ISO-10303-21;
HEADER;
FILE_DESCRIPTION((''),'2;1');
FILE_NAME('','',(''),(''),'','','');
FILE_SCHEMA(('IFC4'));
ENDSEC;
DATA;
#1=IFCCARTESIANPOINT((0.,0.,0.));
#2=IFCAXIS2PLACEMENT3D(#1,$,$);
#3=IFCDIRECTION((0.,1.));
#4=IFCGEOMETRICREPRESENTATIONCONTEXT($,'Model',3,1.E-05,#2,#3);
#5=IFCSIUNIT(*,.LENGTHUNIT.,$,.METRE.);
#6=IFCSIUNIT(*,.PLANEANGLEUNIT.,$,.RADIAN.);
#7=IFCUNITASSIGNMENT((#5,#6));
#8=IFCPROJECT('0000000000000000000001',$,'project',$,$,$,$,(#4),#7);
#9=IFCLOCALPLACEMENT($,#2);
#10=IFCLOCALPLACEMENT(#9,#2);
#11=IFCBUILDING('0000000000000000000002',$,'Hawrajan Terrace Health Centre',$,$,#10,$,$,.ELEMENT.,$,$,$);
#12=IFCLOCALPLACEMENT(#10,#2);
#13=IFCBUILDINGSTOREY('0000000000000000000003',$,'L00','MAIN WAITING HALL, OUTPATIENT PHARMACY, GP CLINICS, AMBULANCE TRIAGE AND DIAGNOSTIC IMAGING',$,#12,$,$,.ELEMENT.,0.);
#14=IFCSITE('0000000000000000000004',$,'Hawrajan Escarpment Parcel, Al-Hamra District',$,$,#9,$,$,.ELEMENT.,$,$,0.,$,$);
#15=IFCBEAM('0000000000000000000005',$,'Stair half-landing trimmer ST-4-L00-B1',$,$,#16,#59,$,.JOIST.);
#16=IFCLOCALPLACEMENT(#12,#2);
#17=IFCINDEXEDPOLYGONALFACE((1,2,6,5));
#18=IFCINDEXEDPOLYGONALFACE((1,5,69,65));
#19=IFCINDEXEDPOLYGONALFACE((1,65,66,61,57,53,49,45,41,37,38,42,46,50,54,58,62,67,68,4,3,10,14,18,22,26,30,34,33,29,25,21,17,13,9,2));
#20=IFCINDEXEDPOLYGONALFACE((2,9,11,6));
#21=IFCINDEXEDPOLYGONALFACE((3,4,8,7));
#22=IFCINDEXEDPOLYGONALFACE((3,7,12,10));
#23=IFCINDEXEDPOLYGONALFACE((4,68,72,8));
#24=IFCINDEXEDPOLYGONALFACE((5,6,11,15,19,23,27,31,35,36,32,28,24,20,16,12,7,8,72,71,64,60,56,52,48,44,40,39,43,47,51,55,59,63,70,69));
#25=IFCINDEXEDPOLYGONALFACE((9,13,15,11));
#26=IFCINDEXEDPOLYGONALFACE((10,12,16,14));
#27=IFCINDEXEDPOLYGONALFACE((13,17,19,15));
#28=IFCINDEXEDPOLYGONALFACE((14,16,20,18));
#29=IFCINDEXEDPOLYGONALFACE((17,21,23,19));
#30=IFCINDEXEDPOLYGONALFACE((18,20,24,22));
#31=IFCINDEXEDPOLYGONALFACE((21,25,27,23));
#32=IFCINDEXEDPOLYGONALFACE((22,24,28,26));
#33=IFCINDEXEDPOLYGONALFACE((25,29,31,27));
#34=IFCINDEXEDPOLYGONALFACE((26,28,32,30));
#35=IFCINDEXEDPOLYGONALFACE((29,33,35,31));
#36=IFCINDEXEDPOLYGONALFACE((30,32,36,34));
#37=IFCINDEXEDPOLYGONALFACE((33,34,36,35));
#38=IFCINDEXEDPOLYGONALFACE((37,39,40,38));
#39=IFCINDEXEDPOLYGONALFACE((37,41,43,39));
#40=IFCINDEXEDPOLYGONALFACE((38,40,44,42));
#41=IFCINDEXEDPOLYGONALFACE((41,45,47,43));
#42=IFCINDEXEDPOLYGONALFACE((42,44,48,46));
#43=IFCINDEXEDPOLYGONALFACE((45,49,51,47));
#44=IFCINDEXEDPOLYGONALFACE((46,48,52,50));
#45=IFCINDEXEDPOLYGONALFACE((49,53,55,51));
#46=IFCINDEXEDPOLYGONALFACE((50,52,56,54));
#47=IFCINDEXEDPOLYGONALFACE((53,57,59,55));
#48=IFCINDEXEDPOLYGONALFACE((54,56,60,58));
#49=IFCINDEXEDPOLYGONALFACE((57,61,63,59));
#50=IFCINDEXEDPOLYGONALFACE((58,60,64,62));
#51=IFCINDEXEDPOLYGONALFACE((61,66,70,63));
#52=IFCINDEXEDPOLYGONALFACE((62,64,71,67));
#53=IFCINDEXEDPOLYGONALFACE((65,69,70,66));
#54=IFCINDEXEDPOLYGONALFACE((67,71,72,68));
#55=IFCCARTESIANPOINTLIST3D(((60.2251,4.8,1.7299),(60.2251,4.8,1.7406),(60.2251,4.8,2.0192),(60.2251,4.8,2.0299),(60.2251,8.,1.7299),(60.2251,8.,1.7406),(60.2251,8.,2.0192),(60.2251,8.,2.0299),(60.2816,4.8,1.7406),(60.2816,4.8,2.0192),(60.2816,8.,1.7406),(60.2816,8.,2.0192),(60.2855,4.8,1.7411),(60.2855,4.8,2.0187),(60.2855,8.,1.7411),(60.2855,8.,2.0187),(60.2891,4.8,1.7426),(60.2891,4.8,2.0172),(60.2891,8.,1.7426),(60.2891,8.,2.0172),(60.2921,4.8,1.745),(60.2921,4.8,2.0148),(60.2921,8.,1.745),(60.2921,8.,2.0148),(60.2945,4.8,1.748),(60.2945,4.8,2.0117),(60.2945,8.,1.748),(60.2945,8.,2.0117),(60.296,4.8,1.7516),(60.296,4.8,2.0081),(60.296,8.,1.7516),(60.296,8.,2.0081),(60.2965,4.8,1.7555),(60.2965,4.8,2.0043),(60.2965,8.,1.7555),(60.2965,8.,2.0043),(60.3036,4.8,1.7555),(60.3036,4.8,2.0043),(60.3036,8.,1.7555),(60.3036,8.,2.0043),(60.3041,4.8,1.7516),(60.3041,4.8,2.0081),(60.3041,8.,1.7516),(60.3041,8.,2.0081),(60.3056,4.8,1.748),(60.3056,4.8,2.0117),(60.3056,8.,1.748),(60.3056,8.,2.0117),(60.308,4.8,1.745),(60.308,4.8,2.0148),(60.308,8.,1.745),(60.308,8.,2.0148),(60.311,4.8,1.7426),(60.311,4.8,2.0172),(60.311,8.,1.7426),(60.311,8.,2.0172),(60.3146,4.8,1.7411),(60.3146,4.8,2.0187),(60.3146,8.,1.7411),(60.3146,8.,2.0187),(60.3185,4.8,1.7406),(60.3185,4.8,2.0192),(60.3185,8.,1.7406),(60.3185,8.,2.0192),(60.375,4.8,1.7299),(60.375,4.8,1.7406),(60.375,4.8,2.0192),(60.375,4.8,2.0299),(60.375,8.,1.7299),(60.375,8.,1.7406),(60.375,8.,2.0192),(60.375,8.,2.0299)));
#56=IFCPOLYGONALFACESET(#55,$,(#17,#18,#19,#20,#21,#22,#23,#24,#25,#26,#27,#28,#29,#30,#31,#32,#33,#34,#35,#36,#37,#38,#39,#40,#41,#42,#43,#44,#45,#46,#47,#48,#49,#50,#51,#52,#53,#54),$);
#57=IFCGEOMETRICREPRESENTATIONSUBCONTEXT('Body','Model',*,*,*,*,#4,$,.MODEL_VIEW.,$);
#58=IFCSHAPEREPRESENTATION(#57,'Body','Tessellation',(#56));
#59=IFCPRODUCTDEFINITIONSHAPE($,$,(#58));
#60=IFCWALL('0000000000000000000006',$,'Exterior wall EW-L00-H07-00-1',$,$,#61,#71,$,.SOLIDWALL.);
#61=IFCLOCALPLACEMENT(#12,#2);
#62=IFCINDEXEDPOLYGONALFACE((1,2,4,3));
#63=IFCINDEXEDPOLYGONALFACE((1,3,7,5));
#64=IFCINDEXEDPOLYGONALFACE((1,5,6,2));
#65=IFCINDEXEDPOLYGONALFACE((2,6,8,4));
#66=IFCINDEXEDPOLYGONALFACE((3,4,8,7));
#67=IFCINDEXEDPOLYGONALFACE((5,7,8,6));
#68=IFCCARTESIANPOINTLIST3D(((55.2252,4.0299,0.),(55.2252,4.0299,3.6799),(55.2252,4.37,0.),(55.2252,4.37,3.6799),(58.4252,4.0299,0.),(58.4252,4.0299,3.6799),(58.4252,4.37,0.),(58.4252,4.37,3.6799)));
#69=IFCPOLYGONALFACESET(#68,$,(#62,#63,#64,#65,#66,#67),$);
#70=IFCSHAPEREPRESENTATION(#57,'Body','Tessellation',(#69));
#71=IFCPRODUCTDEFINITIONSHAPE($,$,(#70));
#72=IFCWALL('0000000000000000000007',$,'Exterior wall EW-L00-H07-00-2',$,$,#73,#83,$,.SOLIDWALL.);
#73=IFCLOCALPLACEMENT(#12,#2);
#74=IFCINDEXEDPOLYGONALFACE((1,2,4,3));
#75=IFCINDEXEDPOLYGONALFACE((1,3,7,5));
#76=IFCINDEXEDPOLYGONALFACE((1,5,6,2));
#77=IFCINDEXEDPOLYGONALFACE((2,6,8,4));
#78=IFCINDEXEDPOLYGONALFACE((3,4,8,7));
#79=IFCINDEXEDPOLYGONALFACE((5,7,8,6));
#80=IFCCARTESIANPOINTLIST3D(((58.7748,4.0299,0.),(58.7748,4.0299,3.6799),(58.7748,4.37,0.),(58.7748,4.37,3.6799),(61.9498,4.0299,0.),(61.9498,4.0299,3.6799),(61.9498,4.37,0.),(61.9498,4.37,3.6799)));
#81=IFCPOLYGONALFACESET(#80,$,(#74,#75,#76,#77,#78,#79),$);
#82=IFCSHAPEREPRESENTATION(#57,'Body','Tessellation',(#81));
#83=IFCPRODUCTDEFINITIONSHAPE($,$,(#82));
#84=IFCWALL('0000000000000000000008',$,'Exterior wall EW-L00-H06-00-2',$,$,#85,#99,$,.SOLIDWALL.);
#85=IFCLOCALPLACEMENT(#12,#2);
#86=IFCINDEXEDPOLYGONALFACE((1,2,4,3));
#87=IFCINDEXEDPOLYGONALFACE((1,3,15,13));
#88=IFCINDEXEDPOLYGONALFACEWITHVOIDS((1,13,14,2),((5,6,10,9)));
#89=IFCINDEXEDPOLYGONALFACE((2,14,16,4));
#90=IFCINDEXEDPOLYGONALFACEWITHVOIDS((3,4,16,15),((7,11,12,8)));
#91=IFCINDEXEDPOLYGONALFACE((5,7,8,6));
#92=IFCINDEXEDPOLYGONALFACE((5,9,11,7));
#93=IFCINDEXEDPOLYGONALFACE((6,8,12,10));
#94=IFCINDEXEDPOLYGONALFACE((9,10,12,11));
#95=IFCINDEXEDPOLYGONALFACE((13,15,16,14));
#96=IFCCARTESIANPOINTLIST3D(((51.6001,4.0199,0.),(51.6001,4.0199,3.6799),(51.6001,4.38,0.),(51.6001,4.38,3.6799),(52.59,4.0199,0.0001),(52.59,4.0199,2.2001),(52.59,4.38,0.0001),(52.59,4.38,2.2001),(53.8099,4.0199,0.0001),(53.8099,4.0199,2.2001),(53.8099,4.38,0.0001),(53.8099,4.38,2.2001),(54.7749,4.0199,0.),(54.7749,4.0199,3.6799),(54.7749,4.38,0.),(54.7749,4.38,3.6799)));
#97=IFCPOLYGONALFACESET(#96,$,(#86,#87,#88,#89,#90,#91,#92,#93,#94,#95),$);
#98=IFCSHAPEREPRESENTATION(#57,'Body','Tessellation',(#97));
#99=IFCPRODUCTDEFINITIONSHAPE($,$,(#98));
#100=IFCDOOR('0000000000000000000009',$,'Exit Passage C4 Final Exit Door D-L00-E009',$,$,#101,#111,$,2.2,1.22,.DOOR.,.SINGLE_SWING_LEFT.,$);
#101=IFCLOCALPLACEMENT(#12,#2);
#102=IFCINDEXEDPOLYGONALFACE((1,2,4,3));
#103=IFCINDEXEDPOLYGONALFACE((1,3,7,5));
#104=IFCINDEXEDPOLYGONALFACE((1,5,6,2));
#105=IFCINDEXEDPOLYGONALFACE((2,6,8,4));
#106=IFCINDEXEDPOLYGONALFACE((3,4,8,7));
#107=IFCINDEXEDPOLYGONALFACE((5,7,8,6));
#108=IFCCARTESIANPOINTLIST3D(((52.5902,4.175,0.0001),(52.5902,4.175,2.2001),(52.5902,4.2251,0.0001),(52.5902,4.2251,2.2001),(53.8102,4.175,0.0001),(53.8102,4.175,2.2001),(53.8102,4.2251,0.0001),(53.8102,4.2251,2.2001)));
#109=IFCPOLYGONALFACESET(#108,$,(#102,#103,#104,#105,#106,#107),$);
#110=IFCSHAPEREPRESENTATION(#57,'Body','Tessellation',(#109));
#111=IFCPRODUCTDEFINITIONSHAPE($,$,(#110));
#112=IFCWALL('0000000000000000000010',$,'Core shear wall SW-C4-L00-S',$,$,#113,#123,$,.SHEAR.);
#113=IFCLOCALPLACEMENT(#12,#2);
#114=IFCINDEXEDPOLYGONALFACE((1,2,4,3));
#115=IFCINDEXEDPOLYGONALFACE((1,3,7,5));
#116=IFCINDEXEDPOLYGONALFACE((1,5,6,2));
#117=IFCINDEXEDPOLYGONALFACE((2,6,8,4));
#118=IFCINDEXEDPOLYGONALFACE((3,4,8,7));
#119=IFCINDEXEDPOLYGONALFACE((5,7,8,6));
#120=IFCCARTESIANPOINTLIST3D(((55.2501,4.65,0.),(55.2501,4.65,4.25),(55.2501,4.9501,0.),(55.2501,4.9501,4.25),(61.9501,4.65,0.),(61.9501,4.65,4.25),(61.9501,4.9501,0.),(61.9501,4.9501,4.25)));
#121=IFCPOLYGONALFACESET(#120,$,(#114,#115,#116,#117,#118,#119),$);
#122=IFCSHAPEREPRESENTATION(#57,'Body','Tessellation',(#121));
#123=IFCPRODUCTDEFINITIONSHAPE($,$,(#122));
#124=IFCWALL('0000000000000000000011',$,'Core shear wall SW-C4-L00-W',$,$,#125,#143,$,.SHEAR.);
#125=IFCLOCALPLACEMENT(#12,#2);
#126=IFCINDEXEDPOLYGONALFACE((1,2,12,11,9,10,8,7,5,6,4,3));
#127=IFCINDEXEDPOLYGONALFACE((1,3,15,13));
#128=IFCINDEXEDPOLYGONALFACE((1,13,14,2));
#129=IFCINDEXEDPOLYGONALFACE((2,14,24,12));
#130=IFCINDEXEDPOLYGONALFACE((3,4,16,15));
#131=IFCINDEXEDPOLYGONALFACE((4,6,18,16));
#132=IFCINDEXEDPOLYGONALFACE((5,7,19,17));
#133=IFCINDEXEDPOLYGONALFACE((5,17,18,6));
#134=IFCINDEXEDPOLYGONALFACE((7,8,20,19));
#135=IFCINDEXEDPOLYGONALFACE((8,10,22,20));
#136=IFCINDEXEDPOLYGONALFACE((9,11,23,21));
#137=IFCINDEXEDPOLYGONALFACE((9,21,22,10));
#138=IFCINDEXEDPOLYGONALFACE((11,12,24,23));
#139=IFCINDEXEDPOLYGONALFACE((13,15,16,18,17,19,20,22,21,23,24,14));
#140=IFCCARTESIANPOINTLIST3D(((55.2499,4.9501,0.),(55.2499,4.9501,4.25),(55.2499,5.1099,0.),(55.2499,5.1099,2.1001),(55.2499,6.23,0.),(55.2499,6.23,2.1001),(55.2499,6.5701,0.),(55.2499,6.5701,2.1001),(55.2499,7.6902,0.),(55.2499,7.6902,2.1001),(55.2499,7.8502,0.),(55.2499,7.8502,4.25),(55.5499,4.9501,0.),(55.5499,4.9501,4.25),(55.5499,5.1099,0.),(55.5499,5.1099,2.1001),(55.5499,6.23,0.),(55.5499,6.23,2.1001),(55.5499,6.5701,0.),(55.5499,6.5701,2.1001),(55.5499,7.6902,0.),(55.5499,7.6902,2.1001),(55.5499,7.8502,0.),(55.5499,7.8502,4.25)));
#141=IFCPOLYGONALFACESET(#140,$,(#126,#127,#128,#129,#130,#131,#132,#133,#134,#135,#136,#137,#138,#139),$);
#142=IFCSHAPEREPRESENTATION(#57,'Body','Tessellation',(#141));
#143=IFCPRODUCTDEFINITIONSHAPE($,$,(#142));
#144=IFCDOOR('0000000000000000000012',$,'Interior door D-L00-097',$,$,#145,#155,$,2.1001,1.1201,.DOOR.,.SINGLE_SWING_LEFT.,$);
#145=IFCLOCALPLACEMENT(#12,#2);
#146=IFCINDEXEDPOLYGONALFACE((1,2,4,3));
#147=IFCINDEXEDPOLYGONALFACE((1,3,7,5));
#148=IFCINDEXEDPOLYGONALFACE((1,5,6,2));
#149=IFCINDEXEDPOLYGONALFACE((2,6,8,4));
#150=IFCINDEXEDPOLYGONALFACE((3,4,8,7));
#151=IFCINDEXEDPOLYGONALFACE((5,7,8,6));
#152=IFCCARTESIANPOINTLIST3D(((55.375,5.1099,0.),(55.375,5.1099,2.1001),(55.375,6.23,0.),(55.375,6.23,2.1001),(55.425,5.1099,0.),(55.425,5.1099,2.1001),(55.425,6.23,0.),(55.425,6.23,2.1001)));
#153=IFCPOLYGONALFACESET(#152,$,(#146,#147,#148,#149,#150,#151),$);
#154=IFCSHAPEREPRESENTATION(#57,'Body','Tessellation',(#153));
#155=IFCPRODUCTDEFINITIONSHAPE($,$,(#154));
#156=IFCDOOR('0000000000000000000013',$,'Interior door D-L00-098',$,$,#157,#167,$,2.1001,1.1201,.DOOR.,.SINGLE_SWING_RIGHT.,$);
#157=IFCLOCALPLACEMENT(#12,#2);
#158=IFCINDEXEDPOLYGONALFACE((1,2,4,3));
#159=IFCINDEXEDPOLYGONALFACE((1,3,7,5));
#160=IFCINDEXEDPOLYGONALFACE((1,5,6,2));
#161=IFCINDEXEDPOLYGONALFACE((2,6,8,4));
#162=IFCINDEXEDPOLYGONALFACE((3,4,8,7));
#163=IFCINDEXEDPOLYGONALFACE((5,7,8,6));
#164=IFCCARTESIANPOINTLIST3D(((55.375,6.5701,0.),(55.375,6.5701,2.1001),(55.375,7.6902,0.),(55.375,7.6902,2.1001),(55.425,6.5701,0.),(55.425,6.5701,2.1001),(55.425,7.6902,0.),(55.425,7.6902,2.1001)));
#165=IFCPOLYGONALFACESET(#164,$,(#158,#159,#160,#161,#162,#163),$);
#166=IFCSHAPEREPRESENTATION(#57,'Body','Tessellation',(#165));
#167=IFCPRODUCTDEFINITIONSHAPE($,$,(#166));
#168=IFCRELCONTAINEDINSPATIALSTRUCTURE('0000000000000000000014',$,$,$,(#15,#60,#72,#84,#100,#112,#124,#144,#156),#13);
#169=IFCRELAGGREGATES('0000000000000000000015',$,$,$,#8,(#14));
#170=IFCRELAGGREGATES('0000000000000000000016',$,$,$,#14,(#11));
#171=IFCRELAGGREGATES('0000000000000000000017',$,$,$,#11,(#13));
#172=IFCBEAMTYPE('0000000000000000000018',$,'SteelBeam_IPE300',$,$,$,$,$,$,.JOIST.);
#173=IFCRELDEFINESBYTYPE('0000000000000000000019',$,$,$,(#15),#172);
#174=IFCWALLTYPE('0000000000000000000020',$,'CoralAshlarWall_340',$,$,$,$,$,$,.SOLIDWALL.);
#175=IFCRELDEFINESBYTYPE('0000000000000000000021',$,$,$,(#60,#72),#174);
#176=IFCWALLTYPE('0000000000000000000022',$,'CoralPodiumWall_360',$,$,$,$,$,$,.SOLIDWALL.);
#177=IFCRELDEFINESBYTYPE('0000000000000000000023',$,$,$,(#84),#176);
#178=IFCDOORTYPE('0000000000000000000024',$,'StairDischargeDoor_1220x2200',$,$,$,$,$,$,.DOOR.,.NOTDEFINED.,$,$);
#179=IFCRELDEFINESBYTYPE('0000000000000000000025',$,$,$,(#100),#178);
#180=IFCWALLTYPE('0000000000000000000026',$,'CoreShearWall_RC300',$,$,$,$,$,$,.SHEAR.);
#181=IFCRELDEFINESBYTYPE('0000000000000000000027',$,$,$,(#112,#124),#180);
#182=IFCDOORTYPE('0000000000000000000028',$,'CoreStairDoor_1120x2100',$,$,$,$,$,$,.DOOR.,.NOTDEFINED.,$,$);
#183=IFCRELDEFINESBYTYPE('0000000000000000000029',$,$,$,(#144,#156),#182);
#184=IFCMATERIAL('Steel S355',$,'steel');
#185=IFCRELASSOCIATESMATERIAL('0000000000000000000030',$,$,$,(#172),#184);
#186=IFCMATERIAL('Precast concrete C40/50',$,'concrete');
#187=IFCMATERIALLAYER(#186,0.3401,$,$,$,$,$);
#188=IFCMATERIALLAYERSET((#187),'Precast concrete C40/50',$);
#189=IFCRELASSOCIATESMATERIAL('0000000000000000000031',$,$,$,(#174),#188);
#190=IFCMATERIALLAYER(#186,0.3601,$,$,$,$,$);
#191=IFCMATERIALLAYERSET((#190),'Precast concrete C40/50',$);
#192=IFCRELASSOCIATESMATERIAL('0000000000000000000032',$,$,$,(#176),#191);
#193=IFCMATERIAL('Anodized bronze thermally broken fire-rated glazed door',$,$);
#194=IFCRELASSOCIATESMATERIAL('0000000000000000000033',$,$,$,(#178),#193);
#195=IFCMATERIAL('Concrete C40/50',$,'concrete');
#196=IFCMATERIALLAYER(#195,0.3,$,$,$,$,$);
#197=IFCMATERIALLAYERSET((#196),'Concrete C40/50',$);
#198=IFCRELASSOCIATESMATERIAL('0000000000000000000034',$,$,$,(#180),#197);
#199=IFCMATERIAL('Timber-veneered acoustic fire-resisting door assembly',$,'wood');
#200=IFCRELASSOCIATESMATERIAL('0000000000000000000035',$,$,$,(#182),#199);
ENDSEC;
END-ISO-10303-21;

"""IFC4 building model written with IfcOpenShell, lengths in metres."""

from ifc_helpers import new_model, si_unit, direction, frame, frame_2d, origin, origin_2d, place, context, subcontext, project, spatial, rectangle, i_section, extrude, material, layer, layer_set, material_profile, profile_set, type_object, element, fill, save


model = new_model("IFC4")

# Units and contexts
model_context = context("Model", 3, precision=1e-05, world=origin(), true_north=direction((0.0, 1.0)))
body_context = subcontext(model_context, "Body", "Model", "MODEL_VIEW")
ifc_project = project(units=[si_unit("LENGTHUNIT", "METRE"), si_unit("PLANEANGLEUNIT", "RADIAN")], contexts=[model_context])

# Site, building, storey
site_placement = place(None, origin())
site = spatial("IfcSite", under=ifc_project, at=site_placement, Name="Hawrajan Escarpment Parcel, Al-Hamra District", CompositionType="ELEMENT", RefElevation=0.0)
building_placement = place(site_placement, origin())
building = spatial("IfcBuilding", under=site, at=building_placement, Name="Hawrajan Terrace Health Centre", CompositionType="ELEMENT")
storey_placement = place(building_placement, origin())
storey = spatial("IfcBuildingStorey", under=building, at=storey_placement, Name="L00", Description="MAIN WAITING HALL, OUTPATIENT PHARMACY, GP CLINICS, AMBULANCE TRIAGE AND DIAGNOSTIC IMAGING", CompositionType="ELEMENT", Elevation=0.0)

# Shared definitions
ifc_material_1 = material(Name="Concrete C40/50", Category="concrete")

# Beam
ifc_material_2 = material(Name="Steel S355", Category="steel")
ifc_material_profile_1 = material_profile(ifc_material_2, i_section(OverallWidth=0.1499, OverallDepth=0.3, WebThickness=0.0071, FlangeThickness=0.0107, FilletRadius=0.0149, at=origin_2d()), Name="IPE 300")
ifc_profile_set_1 = profile_set([ifc_material_profile_1], Name="Steel S355")
beam_type_1 = type_object("IfcBeamType", Name="SteelBeam_IPE300", PredefinedType="JOIST", material=ifc_profile_set_1)
for number, where, z_axis, x_axis, name in (
    (1, (60.3, 4.8, 1.8799), (0.0, 1.0, 0.0), (-1.0, 0.0, 0.0), "Stair half-landing trimmer ST-4-L00-B1"),
):
    element("IfcBeam", number, at=place(storey_placement, frame(where, z_axis=z_axis, x_axis=x_axis)), inside=storey, type_object=beam_type_1, Name=name, PredefinedType="JOIST", context=body_context, shape_type="SweptSolid", body=[
        extrude(i_section(OverallWidth=0.1499, OverallDepth=0.3, WebThickness=0.0071, FlangeThickness=0.0107, FilletRadius=0.0149, at=origin_2d()), origin(), (0.0, 0.0, 1.0), 3.2),
    ])

# Walls
ifc_material_3 = material(Name="Precast concrete C40/50", Category="concrete")
ifc_layer_1 = layer(ifc_material_3, 0.3401)
ifc_layer_set_1 = layer_set([ifc_layer_1], Name="Precast concrete C40/50")
wall_type_1 = type_object("IfcWallType", Name="CoralAshlarWall_340", PredefinedType="SOLIDWALL", material=ifc_layer_set_1)
wall_1_placement = place(storey_placement, frame((55.2251, 4.2, 0.0), z_axis=(0.0, 0.0, 1.0), x_axis=(1.0, 0.0, 0.0)))
element("IfcWall", 2, at=wall_1_placement, inside=storey, type_object=wall_type_1, Name="Exterior wall EW-L00-H07-00-1", PredefinedType="SOLIDWALL", context=body_context, shape_type="SweptSolid", body=[
    extrude(rectangle(XDim=3.2, YDim=0.3401, at=frame_2d((1.6001, 0.0))), origin(), (0.0, 0.0, 1.0), 3.6799),
])
wall_2_placement = place(storey_placement, frame((58.7749, 4.2, 0.0), z_axis=(0.0, 0.0, 1.0), x_axis=(1.0, 0.0, 0.0)))
element("IfcWall", 3, at=wall_2_placement, inside=storey, type_object=wall_type_1, Name="Exterior wall EW-L00-H07-00-2", PredefinedType="SOLIDWALL", context=body_context, shape_type="SweptSolid", body=[
    extrude(rectangle(XDim=3.175, YDim=0.3401, at=frame_2d((1.5874, 0.0))), origin(), (0.0, 0.0, 1.0), 3.6799),
])

# Wall, opening, door
ifc_layer_2 = layer(ifc_material_3, 0.3601)
ifc_layer_set_2 = layer_set([ifc_layer_2], Name="Precast concrete C40/50")
wall_type_2 = type_object("IfcWallType", Name="CoralPodiumWall_360", PredefinedType="SOLIDWALL", material=ifc_layer_set_2)
wall_3_placement = place(storey_placement, frame((51.6001, 4.2, 0.0), z_axis=(0.0, 0.0, 1.0), x_axis=(1.0, 0.0, 0.0)))
wall_3 = element("IfcWall", 4, at=wall_3_placement, inside=storey, type_object=wall_type_2, Name="Exterior wall EW-L00-H06-00-2", PredefinedType="SOLIDWALL", context=body_context, shape_type="SweptSolid", body=[
    extrude(rectangle(XDim=3.1748, YDim=0.3601, at=frame_2d((1.5874, 0.0))), origin(), (0.0, 0.0, 1.0), 3.6799),
])
opening_1_placement = place(wall_3_placement, frame((0.99, 0.0, 0.0)))
opening_1 = element("IfcOpeningElement", 5, at=opening_1_placement, cuts=wall_3, PredefinedType="OPENING", context=body_context, shape_type="SweptSolid", body=[
    extrude(rectangle(XDim=1.22, YDim=2.2, at=frame_2d((0.6099, 1.1001))), frame((0.0, 0.1899, 0.0), z_axis=(0.0, -1.0, 0.0), x_axis=(1.0, 0.0, 0.0)), (0.0, 0.0, 1.0), 0.3801),
])
ifc_material_4 = material(Name="Anodized bronze thermally broken fire-rated glazed door")
door_type_1 = type_object("IfcDoorType", Name="StairDischargeDoor_1220x2200", OperationType="NOTDEFINED", PredefinedType="DOOR", material=ifc_material_4)
door_1_placement = place(opening_1_placement, frame((1.22, 0.0, 0.0), z_axis=(0.0, 0.0, 1.0), x_axis=(-1.0, 0.0, 0.0)))
door_1 = element("IfcDoor", 6, at=door_1_placement, inside=storey, type_object=door_type_1, Name="Exit Passage C4 Final Exit Door D-L00-E009", OperationType="SINGLE_SWING_LEFT", OverallHeight=2.2, OverallWidth=1.22, PredefinedType="DOOR", context=body_context, shape_type="SweptSolid", body=[
    extrude(rectangle(XDim=1.22, YDim=2.2, at=frame_2d((0.6099, 1.1001))), frame((0.0, 0.0249, 0.0), z_axis=(0.0, -1.0, 0.0), x_axis=(1.0, 0.0, 0.0)), (0.0, 0.0, 1.0), 0.05),
])
fill(opening_1, door_1)

# Wall
ifc_layer_3 = layer(ifc_material_1, 0.3)
ifc_layer_set_3 = layer_set([ifc_layer_3], Name="Concrete C40/50")
wall_type_3 = type_object("IfcWallType", Name="CoreShearWall_RC300", PredefinedType="SHEAR", material=ifc_layer_set_3)
wall_4_placement = place(storey_placement, frame((55.25, 4.8, 0.0), z_axis=(0.0, 0.0, 1.0), x_axis=(1.0, 0.0, 0.0)))
element("IfcWall", 7, at=wall_4_placement, inside=storey, type_object=wall_type_3, Name="Core shear wall SW-C4-L00-S", PredefinedType="SHEAR", context=body_context, shape_type="SweptSolid", body=[
    extrude(rectangle(XDim=6.7, YDim=0.3, at=frame_2d((3.3501, 0.0))), origin(), (0.0, 0.0, 1.0), 4.25),
])

# Wall, openings, doors
wall_5_placement = place(storey_placement, frame((55.3999, 4.95, 0.0), z_axis=(0.0, 0.0, 1.0), x_axis=(0.0, 1.0, 0.0)))
wall_5 = element("IfcWall", 8, at=wall_5_placement, inside=storey, type_object=wall_type_3, Name="Core shear wall SW-C4-L00-W", PredefinedType="SHEAR", context=body_context, shape_type="SweptSolid", body=[
    extrude(rectangle(XDim=2.9001, YDim=0.3, at=frame_2d((1.4502, 0.0))), origin(), (0.0, 0.0, 1.0), 4.25),
])
opening_2_placement = place(wall_5_placement, frame((0.1599, 0.0, 0.0)))
opening_2 = element("IfcOpeningElement", 9, at=opening_2_placement, cuts=wall_5, PredefinedType="OPENING", context=body_context, shape_type="SweptSolid", body=[
    extrude(rectangle(XDim=1.1201, YDim=2.1001, at=frame_2d((0.5601, 1.05))), frame((0.0, 0.1599, 0.0), z_axis=(0.0, -1.0, 0.0), x_axis=(1.0, 0.0, 0.0)), (0.0, 0.0, 1.0), 0.3201),
])
opening_3_placement = place(wall_5_placement, frame((1.6201, 0.0, 0.0)))
opening_3 = element("IfcOpeningElement", 10, at=opening_3_placement, cuts=wall_5, PredefinedType="OPENING", context=body_context, shape_type="SweptSolid", body=[
    extrude(rectangle(XDim=1.1201, YDim=2.1001, at=frame_2d((0.5601, 1.05))), frame((0.0, 0.1599, 0.0), z_axis=(0.0, -1.0, 0.0), x_axis=(1.0, 0.0, 0.0)), (0.0, 0.0, 1.0), 0.3201),
])
ifc_material_5 = material(Name="Timber-veneered acoustic fire-resisting door assembly", Category="wood")
door_type_2 = type_object("IfcDoorType", Name="CoreStairDoor_1120x2100", OperationType="NOTDEFINED", PredefinedType="DOOR", material=ifc_material_5)
door_2_placement = place(opening_2_placement, origin())
door_2 = element("IfcDoor", 11, at=door_2_placement, inside=storey, type_object=door_type_2, Name="Interior door D-L00-097", OperationType="SINGLE_SWING_LEFT", OverallHeight=2.1001, OverallWidth=1.1201, PredefinedType="DOOR", context=body_context, shape_type="SweptSolid", body=[
    extrude(rectangle(XDim=1.1201, YDim=2.1001, at=frame_2d((0.5601, 1.05))), frame((0.0, 0.0249, 0.0), z_axis=(0.0, -1.0, 0.0), x_axis=(1.0, 0.0, 0.0)), (0.0, 0.0, 1.0), 0.05),
])
fill(opening_2, door_2)
door_3_placement = place(opening_3_placement, origin())
door_3 = element("IfcDoor", 12, at=door_3_placement, inside=storey, type_object=door_type_2, Name="Interior door D-L00-098", OperationType="SINGLE_SWING_RIGHT", OverallHeight=2.1001, OverallWidth=1.1201, PredefinedType="DOOR", context=body_context, shape_type="SweptSolid", body=[
    extrude(rectangle(XDim=1.1201, YDim=2.1001, at=frame_2d((0.5601, 1.05))), frame((0.0, 0.0249, 0.0), z_axis=(0.0, -1.0, 0.0), x_axis=(1.0, 0.0, 0.0)), (0.0, 0.0, 1.0), 0.05),
])
fill(opening_3, door_3)

save(model, "model.ifc")
